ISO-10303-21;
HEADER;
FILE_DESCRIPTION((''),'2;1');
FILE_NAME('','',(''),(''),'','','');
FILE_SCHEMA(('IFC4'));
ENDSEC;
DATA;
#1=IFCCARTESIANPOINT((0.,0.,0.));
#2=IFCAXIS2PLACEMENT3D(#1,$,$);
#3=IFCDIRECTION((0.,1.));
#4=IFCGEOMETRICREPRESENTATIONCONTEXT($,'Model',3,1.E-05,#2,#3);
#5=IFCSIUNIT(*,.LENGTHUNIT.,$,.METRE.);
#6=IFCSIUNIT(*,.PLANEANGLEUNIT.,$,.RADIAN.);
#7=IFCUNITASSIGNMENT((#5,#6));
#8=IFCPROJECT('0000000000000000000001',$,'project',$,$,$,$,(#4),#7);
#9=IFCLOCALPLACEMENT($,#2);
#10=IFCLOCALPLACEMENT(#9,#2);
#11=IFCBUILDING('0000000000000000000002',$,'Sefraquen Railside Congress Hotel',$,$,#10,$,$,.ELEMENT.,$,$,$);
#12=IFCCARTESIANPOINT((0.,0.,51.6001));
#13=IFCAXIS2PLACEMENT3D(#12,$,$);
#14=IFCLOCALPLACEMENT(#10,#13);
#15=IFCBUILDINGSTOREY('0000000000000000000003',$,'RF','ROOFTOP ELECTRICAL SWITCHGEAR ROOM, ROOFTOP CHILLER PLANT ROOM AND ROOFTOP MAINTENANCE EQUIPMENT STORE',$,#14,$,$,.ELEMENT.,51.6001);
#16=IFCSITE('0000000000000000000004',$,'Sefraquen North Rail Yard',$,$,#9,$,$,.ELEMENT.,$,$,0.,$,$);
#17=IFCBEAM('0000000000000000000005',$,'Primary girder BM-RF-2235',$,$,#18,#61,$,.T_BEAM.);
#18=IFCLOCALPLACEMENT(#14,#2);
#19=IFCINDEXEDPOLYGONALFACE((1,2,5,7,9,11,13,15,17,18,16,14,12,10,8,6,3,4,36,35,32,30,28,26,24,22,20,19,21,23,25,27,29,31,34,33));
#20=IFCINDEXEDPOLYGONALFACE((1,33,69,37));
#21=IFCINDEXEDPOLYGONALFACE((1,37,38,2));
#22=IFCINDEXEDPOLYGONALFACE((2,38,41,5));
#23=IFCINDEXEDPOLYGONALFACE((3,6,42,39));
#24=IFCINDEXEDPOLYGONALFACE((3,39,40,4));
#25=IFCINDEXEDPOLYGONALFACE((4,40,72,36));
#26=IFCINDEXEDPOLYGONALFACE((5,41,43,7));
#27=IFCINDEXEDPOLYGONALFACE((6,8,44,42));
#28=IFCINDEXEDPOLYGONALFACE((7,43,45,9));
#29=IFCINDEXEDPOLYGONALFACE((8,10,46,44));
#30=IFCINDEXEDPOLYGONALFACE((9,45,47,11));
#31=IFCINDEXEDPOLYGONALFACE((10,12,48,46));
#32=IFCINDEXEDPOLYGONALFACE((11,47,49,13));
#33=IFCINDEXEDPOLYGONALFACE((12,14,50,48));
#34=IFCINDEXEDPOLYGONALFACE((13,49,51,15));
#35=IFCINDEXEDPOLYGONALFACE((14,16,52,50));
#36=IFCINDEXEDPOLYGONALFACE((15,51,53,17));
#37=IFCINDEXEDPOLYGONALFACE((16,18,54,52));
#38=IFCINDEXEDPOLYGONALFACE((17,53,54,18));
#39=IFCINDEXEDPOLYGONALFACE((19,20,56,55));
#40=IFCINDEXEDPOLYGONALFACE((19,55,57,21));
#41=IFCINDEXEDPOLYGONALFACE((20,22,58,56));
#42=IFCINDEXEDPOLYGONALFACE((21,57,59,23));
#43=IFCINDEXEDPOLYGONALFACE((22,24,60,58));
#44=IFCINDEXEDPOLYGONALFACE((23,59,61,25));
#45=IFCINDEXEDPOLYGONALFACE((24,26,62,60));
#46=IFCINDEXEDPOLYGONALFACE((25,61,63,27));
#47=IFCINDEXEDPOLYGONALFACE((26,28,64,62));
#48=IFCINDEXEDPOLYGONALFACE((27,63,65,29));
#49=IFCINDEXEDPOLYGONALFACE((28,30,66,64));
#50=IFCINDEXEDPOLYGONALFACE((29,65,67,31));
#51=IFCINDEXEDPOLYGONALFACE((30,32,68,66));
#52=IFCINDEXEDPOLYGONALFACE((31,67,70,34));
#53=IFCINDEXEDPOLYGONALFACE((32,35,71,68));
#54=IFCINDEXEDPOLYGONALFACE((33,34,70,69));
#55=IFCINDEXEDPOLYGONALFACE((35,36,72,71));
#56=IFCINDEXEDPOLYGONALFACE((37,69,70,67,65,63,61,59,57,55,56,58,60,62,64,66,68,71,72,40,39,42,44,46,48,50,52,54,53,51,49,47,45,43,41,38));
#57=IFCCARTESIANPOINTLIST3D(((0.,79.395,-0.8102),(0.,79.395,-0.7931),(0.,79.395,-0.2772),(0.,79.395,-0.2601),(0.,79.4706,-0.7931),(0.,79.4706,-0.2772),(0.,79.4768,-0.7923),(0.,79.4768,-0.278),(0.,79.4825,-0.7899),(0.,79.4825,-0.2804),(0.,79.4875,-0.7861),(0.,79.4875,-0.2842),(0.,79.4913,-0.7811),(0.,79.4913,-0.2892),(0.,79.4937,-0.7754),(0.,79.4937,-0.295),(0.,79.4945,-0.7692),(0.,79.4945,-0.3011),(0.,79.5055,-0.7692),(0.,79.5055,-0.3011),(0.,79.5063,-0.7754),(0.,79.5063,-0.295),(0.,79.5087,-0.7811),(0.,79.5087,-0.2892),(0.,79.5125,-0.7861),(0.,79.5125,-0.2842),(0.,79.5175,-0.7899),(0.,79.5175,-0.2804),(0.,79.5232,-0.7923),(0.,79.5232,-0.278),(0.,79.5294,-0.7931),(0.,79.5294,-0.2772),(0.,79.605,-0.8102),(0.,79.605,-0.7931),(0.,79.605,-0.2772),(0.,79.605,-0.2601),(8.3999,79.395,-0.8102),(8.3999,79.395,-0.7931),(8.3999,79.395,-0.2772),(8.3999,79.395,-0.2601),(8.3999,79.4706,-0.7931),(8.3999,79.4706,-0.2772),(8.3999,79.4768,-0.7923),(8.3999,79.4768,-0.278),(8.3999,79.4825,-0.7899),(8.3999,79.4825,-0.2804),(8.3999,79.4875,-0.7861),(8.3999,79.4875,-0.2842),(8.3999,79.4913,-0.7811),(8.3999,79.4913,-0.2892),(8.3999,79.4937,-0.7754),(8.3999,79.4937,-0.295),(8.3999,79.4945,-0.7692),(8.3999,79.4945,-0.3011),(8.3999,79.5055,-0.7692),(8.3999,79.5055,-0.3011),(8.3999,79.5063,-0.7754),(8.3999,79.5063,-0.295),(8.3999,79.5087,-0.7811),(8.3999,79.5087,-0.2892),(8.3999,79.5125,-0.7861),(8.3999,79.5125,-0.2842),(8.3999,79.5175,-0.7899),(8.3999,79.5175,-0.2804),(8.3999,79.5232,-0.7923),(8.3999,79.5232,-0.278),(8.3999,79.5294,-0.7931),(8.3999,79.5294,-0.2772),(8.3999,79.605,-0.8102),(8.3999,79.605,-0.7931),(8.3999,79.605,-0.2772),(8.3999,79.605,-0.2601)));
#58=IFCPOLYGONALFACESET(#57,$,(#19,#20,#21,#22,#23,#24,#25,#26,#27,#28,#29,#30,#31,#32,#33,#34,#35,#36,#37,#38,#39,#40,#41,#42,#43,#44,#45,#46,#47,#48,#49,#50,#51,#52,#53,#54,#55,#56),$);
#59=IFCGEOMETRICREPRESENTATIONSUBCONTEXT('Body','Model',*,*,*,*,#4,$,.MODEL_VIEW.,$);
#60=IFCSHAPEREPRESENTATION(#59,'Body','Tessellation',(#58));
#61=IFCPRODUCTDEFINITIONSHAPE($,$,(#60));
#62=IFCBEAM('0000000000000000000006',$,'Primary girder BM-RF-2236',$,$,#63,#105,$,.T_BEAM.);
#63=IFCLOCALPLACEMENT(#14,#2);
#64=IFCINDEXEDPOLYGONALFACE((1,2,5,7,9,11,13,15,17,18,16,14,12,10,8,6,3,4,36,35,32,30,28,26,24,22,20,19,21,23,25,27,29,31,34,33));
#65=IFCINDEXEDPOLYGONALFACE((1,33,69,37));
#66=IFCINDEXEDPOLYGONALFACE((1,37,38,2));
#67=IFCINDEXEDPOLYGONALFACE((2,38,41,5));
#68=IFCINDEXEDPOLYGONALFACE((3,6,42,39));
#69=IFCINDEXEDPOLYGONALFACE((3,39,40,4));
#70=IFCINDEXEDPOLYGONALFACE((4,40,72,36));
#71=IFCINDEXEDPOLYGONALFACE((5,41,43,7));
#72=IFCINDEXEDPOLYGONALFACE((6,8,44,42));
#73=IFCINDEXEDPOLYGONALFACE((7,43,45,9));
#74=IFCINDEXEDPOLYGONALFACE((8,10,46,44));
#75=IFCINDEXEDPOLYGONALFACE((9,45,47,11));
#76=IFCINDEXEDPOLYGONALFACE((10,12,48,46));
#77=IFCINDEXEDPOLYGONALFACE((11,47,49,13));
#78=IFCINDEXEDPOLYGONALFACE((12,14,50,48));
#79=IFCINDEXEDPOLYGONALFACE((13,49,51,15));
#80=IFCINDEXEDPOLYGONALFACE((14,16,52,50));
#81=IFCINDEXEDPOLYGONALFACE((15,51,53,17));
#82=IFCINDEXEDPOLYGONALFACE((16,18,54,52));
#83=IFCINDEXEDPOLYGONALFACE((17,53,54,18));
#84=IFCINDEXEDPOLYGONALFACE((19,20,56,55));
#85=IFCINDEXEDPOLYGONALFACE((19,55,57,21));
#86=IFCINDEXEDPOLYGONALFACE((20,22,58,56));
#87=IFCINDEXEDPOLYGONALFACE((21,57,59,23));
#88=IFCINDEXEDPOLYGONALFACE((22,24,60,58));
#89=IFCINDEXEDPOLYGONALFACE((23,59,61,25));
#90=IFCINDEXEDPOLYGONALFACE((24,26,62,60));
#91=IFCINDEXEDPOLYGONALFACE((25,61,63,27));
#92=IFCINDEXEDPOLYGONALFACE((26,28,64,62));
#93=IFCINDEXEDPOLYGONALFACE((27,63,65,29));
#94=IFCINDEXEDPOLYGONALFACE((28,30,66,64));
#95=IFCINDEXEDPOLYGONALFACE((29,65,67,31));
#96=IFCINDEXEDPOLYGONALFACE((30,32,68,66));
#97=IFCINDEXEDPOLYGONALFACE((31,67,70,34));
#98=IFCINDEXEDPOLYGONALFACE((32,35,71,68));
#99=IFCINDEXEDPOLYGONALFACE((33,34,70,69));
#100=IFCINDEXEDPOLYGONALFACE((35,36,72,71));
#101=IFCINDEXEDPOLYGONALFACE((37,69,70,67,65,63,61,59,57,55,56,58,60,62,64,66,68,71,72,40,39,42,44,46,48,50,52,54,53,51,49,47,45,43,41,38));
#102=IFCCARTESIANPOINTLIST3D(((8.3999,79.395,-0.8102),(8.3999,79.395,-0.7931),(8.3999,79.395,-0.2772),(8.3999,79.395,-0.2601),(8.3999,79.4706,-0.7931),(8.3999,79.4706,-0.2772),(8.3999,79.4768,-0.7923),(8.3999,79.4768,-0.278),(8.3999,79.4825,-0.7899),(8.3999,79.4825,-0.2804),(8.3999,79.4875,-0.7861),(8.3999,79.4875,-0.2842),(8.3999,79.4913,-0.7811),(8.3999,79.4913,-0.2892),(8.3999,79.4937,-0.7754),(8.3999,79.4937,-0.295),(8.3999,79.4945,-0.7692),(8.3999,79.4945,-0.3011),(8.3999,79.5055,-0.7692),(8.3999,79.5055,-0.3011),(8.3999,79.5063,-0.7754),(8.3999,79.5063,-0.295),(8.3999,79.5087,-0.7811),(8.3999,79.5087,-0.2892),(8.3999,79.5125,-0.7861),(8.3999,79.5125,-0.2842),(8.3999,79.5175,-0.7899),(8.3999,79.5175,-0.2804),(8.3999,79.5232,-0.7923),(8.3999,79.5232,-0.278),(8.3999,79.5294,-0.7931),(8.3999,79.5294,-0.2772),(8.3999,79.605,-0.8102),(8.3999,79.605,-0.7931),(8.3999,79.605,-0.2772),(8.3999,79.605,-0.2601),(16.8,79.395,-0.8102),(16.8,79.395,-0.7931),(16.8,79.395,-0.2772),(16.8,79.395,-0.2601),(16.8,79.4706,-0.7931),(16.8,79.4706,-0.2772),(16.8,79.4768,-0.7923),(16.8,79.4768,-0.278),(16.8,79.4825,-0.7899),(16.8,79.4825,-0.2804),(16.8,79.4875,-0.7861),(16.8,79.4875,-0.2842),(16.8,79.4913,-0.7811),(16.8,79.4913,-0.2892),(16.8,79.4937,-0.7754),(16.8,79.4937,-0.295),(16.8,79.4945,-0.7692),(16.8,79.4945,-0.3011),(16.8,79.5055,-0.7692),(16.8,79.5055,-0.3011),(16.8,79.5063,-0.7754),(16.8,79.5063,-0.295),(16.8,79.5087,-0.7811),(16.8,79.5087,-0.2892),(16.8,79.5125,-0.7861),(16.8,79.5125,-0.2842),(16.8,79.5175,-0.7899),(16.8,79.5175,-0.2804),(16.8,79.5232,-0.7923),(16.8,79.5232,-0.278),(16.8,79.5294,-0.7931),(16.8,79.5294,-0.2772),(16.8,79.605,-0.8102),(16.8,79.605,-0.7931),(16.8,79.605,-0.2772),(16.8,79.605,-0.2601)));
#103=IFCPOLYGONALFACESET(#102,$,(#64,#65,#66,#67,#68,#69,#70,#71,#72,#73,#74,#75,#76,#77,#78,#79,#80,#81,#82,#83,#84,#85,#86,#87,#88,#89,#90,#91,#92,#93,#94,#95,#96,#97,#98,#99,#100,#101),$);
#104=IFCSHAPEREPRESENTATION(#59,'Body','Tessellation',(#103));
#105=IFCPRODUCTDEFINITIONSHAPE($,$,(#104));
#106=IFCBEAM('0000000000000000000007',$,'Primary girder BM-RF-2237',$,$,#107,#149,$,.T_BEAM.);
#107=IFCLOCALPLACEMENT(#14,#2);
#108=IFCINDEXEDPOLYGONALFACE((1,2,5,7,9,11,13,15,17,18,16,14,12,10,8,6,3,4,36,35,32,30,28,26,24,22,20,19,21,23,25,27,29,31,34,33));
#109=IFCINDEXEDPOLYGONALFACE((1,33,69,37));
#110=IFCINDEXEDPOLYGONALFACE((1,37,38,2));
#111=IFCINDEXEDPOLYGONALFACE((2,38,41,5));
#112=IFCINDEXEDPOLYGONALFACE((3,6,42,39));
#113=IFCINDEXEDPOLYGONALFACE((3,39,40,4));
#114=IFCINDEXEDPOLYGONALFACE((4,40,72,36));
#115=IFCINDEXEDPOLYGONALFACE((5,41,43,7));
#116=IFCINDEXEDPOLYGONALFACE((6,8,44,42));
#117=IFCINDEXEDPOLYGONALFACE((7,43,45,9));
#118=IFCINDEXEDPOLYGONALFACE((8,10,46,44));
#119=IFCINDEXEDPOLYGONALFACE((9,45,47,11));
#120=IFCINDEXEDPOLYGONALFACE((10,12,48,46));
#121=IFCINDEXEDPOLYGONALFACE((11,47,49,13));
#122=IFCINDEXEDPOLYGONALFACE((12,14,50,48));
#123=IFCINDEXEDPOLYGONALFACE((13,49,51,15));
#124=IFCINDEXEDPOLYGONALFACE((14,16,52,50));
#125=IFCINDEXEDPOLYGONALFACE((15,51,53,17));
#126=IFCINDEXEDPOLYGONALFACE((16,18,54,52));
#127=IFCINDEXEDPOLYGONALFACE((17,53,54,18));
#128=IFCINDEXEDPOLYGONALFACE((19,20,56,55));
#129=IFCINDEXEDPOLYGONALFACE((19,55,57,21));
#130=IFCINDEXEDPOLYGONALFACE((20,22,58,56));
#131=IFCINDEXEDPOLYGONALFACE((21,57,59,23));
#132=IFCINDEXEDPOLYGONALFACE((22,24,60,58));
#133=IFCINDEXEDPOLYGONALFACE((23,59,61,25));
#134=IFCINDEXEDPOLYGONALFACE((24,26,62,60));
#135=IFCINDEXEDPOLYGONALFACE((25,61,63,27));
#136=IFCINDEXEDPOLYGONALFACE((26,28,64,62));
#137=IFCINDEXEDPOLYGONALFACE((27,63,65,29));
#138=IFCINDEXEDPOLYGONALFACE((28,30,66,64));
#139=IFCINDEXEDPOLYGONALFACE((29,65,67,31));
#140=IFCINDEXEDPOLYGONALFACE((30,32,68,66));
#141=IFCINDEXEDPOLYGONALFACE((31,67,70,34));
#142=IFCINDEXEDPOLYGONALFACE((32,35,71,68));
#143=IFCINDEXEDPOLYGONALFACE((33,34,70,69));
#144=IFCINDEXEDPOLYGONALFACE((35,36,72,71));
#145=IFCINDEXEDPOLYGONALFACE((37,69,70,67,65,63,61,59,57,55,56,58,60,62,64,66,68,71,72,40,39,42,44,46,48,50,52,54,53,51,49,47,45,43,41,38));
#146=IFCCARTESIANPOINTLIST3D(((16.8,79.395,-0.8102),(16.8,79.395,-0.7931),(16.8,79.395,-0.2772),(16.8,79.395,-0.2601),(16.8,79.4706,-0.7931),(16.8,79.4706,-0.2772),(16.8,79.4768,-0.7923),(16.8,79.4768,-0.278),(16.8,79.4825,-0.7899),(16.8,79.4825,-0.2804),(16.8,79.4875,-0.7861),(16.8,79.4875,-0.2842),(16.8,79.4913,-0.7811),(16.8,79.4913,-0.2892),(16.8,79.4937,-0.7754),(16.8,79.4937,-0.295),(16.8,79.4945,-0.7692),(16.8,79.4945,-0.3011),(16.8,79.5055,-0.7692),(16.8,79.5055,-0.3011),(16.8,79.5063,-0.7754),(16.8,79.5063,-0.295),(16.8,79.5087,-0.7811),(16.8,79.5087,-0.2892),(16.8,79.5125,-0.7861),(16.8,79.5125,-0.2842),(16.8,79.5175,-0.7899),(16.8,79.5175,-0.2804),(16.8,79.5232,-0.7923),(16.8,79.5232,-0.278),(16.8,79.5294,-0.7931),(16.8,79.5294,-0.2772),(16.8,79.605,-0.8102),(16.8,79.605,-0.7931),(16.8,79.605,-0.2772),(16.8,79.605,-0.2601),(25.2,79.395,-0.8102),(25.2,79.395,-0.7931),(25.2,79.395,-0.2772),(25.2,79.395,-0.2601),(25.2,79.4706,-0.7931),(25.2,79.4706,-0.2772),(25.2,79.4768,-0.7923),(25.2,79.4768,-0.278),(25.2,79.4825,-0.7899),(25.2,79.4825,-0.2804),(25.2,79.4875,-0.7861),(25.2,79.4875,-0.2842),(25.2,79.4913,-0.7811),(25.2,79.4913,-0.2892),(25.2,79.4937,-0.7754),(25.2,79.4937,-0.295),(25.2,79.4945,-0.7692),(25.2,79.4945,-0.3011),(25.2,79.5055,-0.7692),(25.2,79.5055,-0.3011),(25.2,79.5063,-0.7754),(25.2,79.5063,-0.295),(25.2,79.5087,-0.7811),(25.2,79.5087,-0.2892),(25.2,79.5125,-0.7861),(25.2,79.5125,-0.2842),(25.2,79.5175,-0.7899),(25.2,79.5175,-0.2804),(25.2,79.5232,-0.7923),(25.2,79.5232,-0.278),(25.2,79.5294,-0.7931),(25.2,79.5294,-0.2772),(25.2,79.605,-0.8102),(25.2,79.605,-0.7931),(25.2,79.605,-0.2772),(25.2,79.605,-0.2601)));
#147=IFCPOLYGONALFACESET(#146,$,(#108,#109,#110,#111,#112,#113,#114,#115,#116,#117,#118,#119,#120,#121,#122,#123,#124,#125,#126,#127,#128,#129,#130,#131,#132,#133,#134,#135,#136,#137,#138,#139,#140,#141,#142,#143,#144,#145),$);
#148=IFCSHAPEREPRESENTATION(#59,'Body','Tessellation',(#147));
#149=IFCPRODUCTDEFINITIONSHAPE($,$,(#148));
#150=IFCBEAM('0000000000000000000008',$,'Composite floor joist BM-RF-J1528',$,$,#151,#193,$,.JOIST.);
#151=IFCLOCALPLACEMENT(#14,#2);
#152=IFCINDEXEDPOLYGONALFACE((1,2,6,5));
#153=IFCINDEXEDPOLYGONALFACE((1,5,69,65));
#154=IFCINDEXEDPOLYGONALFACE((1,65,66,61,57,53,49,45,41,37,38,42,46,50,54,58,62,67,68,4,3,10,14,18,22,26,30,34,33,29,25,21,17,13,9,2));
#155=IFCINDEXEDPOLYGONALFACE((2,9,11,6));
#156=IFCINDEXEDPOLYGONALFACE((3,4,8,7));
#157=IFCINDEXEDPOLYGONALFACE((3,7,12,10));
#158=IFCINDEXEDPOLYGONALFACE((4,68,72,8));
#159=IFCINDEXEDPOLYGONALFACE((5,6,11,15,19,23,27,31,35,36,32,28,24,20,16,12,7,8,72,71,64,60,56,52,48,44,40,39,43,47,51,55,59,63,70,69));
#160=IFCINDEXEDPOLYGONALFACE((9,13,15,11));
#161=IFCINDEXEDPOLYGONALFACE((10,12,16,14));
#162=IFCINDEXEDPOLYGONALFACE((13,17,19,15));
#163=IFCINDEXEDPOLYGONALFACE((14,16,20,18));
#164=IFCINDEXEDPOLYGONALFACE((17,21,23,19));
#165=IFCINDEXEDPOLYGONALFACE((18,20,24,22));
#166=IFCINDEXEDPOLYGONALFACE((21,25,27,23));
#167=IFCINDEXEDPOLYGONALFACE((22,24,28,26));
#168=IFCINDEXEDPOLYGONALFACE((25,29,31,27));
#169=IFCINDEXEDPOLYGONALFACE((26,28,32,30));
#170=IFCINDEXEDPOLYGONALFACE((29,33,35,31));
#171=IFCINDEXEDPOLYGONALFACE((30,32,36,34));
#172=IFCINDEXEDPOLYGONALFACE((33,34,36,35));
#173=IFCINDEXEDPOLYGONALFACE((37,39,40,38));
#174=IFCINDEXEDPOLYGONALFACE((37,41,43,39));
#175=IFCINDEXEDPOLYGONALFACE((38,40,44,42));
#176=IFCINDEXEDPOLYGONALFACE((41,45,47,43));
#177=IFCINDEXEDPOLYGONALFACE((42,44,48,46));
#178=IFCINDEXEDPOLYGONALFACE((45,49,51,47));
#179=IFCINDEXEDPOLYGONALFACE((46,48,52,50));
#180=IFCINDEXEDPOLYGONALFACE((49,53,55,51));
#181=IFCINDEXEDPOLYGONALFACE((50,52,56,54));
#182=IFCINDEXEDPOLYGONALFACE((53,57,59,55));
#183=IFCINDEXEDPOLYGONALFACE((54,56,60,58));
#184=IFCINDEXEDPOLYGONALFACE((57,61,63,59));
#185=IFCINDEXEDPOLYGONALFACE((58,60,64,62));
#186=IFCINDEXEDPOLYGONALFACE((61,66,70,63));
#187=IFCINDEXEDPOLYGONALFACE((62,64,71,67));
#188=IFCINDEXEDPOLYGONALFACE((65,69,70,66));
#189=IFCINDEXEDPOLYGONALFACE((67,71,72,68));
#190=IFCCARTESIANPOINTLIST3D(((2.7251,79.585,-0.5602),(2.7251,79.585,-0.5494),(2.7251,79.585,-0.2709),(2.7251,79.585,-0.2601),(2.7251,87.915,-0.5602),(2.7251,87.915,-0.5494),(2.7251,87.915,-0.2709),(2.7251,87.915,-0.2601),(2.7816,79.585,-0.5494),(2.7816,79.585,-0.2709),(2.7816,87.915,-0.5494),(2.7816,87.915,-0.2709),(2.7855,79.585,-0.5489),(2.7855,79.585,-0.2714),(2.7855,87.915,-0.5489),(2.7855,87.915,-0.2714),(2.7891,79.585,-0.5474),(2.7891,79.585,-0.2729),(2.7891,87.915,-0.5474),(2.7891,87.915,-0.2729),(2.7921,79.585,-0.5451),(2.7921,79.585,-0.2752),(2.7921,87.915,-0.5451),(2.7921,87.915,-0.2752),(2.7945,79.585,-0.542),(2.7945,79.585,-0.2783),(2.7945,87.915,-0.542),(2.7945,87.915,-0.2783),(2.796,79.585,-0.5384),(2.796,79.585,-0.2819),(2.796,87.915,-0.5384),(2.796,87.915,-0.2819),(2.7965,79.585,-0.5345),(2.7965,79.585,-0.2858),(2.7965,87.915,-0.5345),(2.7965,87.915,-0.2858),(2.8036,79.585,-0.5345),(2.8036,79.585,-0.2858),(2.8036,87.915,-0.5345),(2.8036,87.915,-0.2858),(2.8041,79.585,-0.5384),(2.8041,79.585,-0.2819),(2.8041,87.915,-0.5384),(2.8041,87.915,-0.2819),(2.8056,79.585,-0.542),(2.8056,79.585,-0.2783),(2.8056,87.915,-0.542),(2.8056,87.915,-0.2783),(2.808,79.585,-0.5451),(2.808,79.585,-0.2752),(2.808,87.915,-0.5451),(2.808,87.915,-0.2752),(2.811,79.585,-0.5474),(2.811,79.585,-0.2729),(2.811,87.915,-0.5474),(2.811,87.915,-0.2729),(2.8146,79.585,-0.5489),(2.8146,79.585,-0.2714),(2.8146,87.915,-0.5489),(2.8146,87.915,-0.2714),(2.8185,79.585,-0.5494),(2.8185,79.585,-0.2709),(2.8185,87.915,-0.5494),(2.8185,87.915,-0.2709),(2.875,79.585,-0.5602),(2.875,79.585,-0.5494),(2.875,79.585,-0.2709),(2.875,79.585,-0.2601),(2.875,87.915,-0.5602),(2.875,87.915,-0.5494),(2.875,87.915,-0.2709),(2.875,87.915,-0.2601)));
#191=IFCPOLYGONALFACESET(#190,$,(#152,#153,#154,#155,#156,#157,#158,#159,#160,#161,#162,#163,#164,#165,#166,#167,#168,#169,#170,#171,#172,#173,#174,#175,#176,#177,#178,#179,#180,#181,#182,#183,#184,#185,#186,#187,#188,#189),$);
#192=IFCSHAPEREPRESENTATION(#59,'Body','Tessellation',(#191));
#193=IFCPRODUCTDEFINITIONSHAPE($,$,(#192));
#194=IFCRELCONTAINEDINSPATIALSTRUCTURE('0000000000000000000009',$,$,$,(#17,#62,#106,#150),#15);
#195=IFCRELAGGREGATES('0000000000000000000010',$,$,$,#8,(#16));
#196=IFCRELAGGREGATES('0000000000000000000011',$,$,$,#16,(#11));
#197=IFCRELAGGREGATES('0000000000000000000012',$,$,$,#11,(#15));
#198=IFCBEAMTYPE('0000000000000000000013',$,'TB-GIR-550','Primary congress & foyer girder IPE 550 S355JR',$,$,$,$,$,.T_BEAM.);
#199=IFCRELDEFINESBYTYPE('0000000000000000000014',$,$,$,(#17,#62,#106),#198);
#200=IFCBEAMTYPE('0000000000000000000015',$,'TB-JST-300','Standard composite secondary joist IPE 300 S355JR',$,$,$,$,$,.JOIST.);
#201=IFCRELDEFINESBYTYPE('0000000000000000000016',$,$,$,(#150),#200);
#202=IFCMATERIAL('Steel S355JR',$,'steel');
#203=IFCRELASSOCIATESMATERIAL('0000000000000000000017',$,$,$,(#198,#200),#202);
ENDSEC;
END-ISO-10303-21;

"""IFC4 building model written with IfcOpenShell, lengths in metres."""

from ifc_helpers import new_model, si_unit, direction, frame, origin, origin_2d, place, context, subcontext, project, spatial, i_section, extrude, material, material_profile, profile_set, type_object, element, save


model = new_model("IFC4")

# Units and contexts
model_context = context("Model", 3, precision=1e-05, world=origin(), true_north=direction((0.0, 1.0)))
body_context = subcontext(model_context, "Body", "Model", "MODEL_VIEW")
ifc_project = project(units=[si_unit("LENGTHUNIT", "METRE"), si_unit("PLANEANGLEUNIT", "RADIAN")], contexts=[model_context])

# Site, building, storey
site_placement = place(None, origin())
site = spatial("IfcSite", under=ifc_project, at=site_placement, Name="Sefraquen North Rail Yard", CompositionType="ELEMENT", RefElevation=0.0)
building_placement = place(site_placement, origin())
building = spatial("IfcBuilding", under=site, at=building_placement, Name="Sefraquen Railside Congress Hotel", CompositionType="ELEMENT")
storey_placement = place(building_placement, frame((0.0, 0.0, 51.6001)))
storey = spatial("IfcBuildingStorey", under=building, at=storey_placement, Name="RF", Description="ROOFTOP ELECTRICAL SWITCHGEAR ROOM, ROOFTOP CHILLER PLANT ROOM AND ROOFTOP MAINTENANCE EQUIPMENT STORE", CompositionType="ELEMENT", Elevation=51.6001)

# Beams
ifc_material_1 = material(Name="Steel S355JR", Category="steel")
ifc_material_profile_1 = material_profile(ifc_material_1, i_section(OverallWidth=0.21, OverallDepth=0.55, WebThickness=0.011, FlangeThickness=0.0171, FilletRadius=0.0239, at=origin_2d()), Name="IPE 550")
ifc_profile_set_1 = profile_set([ifc_material_profile_1], Name="Steel S355JR")
beam_type_1 = type_object("IfcBeamType", Name="TB-GIR-550", Description="Primary congress & foyer girder IPE 550 S355JR", PredefinedType="T_BEAM", material=ifc_profile_set_1)
beam_1_placement = place(storey_placement, frame((0.0, 79.5, -0.5352), z_axis=(1.0, 0.0, 0.0), x_axis=(0.0, 1.0, 0.0)))
element("IfcBeam", 1, at=beam_1_placement, inside=storey, type_object=beam_type_1, Name="Primary girder BM-RF-2235", PredefinedType="T_BEAM", context=body_context, shape_type="SweptSolid", body=[
    extrude(i_section(OverallWidth=0.21, OverallDepth=0.55, WebThickness=0.011, FlangeThickness=0.0171, FilletRadius=0.0239, at=origin_2d()), origin(), (0.0, 0.0, 1.0), 8.3999),
])
beam_2_placement = place(storey_placement, frame((8.3999, 79.5, -0.5352), z_axis=(1.0, 0.0, 0.0), x_axis=(0.0, 1.0, 0.0)))
element("IfcBeam", 2, at=beam_2_placement, inside=storey, type_object=beam_type_1, Name="Primary girder BM-RF-2236", PredefinedType="T_BEAM", context=body_context, shape_type="SweptSolid", body=[
    extrude(i_section(OverallWidth=0.21, OverallDepth=0.55, WebThickness=0.011, FlangeThickness=0.0171, FilletRadius=0.0239, at=origin_2d()), origin(), (0.0, 0.0, 1.0), 8.4001),
])
beam_3_placement = place(storey_placement, frame((16.8, 79.5, -0.5352), z_axis=(1.0, 0.0, 0.0), x_axis=(0.0, 1.0, 0.0)))
element("IfcBeam", 3, at=beam_3_placement, inside=storey, type_object=beam_type_1, Name="Primary girder BM-RF-2237", PredefinedType="T_BEAM", context=body_context, shape_type="SweptSolid", body=[
    extrude(i_section(OverallWidth=0.21, OverallDepth=0.55, WebThickness=0.011, FlangeThickness=0.0171, FilletRadius=0.0239, at=origin_2d()), origin(), (0.0, 0.0, 1.0), 8.3999),
])
ifc_material_profile_2 = material_profile(ifc_material_1, i_section(OverallWidth=0.1499, OverallDepth=0.3, WebThickness=0.0071, FlangeThickness=0.0107, FilletRadius=0.0149, at=origin_2d()), Name="IPE 300")
ifc_profile_set_2 = profile_set([ifc_material_profile_2], Name="Steel S355JR")
beam_type_2 = type_object("IfcBeamType", Name="TB-JST-300", Description="Standard composite secondary joist IPE 300 S355JR", PredefinedType="JOIST", material=ifc_profile_set_2)
for number, where, z_axis, x_axis, name in (
    (4, (2.8, 79.585, -0.4102), (0.0, 1.0, 0.0), (-1.0, 0.0, 0.0), "Composite floor joist BM-RF-J1528"),
):
    element("IfcBeam", number, at=place(storey_placement, frame(where, z_axis=z_axis, x_axis=x_axis)), inside=storey, type_object=beam_type_2, Name=name, PredefinedType="JOIST", context=body_context, shape_type="SweptSolid", body=[
        extrude(i_section(OverallWidth=0.1499, OverallDepth=0.3, WebThickness=0.0071, FlangeThickness=0.0107, FilletRadius=0.0149, at=origin_2d()), origin(), (0.0, 0.0, 1.0), 8.3301),
    ])

save(model, "model.ifc")
